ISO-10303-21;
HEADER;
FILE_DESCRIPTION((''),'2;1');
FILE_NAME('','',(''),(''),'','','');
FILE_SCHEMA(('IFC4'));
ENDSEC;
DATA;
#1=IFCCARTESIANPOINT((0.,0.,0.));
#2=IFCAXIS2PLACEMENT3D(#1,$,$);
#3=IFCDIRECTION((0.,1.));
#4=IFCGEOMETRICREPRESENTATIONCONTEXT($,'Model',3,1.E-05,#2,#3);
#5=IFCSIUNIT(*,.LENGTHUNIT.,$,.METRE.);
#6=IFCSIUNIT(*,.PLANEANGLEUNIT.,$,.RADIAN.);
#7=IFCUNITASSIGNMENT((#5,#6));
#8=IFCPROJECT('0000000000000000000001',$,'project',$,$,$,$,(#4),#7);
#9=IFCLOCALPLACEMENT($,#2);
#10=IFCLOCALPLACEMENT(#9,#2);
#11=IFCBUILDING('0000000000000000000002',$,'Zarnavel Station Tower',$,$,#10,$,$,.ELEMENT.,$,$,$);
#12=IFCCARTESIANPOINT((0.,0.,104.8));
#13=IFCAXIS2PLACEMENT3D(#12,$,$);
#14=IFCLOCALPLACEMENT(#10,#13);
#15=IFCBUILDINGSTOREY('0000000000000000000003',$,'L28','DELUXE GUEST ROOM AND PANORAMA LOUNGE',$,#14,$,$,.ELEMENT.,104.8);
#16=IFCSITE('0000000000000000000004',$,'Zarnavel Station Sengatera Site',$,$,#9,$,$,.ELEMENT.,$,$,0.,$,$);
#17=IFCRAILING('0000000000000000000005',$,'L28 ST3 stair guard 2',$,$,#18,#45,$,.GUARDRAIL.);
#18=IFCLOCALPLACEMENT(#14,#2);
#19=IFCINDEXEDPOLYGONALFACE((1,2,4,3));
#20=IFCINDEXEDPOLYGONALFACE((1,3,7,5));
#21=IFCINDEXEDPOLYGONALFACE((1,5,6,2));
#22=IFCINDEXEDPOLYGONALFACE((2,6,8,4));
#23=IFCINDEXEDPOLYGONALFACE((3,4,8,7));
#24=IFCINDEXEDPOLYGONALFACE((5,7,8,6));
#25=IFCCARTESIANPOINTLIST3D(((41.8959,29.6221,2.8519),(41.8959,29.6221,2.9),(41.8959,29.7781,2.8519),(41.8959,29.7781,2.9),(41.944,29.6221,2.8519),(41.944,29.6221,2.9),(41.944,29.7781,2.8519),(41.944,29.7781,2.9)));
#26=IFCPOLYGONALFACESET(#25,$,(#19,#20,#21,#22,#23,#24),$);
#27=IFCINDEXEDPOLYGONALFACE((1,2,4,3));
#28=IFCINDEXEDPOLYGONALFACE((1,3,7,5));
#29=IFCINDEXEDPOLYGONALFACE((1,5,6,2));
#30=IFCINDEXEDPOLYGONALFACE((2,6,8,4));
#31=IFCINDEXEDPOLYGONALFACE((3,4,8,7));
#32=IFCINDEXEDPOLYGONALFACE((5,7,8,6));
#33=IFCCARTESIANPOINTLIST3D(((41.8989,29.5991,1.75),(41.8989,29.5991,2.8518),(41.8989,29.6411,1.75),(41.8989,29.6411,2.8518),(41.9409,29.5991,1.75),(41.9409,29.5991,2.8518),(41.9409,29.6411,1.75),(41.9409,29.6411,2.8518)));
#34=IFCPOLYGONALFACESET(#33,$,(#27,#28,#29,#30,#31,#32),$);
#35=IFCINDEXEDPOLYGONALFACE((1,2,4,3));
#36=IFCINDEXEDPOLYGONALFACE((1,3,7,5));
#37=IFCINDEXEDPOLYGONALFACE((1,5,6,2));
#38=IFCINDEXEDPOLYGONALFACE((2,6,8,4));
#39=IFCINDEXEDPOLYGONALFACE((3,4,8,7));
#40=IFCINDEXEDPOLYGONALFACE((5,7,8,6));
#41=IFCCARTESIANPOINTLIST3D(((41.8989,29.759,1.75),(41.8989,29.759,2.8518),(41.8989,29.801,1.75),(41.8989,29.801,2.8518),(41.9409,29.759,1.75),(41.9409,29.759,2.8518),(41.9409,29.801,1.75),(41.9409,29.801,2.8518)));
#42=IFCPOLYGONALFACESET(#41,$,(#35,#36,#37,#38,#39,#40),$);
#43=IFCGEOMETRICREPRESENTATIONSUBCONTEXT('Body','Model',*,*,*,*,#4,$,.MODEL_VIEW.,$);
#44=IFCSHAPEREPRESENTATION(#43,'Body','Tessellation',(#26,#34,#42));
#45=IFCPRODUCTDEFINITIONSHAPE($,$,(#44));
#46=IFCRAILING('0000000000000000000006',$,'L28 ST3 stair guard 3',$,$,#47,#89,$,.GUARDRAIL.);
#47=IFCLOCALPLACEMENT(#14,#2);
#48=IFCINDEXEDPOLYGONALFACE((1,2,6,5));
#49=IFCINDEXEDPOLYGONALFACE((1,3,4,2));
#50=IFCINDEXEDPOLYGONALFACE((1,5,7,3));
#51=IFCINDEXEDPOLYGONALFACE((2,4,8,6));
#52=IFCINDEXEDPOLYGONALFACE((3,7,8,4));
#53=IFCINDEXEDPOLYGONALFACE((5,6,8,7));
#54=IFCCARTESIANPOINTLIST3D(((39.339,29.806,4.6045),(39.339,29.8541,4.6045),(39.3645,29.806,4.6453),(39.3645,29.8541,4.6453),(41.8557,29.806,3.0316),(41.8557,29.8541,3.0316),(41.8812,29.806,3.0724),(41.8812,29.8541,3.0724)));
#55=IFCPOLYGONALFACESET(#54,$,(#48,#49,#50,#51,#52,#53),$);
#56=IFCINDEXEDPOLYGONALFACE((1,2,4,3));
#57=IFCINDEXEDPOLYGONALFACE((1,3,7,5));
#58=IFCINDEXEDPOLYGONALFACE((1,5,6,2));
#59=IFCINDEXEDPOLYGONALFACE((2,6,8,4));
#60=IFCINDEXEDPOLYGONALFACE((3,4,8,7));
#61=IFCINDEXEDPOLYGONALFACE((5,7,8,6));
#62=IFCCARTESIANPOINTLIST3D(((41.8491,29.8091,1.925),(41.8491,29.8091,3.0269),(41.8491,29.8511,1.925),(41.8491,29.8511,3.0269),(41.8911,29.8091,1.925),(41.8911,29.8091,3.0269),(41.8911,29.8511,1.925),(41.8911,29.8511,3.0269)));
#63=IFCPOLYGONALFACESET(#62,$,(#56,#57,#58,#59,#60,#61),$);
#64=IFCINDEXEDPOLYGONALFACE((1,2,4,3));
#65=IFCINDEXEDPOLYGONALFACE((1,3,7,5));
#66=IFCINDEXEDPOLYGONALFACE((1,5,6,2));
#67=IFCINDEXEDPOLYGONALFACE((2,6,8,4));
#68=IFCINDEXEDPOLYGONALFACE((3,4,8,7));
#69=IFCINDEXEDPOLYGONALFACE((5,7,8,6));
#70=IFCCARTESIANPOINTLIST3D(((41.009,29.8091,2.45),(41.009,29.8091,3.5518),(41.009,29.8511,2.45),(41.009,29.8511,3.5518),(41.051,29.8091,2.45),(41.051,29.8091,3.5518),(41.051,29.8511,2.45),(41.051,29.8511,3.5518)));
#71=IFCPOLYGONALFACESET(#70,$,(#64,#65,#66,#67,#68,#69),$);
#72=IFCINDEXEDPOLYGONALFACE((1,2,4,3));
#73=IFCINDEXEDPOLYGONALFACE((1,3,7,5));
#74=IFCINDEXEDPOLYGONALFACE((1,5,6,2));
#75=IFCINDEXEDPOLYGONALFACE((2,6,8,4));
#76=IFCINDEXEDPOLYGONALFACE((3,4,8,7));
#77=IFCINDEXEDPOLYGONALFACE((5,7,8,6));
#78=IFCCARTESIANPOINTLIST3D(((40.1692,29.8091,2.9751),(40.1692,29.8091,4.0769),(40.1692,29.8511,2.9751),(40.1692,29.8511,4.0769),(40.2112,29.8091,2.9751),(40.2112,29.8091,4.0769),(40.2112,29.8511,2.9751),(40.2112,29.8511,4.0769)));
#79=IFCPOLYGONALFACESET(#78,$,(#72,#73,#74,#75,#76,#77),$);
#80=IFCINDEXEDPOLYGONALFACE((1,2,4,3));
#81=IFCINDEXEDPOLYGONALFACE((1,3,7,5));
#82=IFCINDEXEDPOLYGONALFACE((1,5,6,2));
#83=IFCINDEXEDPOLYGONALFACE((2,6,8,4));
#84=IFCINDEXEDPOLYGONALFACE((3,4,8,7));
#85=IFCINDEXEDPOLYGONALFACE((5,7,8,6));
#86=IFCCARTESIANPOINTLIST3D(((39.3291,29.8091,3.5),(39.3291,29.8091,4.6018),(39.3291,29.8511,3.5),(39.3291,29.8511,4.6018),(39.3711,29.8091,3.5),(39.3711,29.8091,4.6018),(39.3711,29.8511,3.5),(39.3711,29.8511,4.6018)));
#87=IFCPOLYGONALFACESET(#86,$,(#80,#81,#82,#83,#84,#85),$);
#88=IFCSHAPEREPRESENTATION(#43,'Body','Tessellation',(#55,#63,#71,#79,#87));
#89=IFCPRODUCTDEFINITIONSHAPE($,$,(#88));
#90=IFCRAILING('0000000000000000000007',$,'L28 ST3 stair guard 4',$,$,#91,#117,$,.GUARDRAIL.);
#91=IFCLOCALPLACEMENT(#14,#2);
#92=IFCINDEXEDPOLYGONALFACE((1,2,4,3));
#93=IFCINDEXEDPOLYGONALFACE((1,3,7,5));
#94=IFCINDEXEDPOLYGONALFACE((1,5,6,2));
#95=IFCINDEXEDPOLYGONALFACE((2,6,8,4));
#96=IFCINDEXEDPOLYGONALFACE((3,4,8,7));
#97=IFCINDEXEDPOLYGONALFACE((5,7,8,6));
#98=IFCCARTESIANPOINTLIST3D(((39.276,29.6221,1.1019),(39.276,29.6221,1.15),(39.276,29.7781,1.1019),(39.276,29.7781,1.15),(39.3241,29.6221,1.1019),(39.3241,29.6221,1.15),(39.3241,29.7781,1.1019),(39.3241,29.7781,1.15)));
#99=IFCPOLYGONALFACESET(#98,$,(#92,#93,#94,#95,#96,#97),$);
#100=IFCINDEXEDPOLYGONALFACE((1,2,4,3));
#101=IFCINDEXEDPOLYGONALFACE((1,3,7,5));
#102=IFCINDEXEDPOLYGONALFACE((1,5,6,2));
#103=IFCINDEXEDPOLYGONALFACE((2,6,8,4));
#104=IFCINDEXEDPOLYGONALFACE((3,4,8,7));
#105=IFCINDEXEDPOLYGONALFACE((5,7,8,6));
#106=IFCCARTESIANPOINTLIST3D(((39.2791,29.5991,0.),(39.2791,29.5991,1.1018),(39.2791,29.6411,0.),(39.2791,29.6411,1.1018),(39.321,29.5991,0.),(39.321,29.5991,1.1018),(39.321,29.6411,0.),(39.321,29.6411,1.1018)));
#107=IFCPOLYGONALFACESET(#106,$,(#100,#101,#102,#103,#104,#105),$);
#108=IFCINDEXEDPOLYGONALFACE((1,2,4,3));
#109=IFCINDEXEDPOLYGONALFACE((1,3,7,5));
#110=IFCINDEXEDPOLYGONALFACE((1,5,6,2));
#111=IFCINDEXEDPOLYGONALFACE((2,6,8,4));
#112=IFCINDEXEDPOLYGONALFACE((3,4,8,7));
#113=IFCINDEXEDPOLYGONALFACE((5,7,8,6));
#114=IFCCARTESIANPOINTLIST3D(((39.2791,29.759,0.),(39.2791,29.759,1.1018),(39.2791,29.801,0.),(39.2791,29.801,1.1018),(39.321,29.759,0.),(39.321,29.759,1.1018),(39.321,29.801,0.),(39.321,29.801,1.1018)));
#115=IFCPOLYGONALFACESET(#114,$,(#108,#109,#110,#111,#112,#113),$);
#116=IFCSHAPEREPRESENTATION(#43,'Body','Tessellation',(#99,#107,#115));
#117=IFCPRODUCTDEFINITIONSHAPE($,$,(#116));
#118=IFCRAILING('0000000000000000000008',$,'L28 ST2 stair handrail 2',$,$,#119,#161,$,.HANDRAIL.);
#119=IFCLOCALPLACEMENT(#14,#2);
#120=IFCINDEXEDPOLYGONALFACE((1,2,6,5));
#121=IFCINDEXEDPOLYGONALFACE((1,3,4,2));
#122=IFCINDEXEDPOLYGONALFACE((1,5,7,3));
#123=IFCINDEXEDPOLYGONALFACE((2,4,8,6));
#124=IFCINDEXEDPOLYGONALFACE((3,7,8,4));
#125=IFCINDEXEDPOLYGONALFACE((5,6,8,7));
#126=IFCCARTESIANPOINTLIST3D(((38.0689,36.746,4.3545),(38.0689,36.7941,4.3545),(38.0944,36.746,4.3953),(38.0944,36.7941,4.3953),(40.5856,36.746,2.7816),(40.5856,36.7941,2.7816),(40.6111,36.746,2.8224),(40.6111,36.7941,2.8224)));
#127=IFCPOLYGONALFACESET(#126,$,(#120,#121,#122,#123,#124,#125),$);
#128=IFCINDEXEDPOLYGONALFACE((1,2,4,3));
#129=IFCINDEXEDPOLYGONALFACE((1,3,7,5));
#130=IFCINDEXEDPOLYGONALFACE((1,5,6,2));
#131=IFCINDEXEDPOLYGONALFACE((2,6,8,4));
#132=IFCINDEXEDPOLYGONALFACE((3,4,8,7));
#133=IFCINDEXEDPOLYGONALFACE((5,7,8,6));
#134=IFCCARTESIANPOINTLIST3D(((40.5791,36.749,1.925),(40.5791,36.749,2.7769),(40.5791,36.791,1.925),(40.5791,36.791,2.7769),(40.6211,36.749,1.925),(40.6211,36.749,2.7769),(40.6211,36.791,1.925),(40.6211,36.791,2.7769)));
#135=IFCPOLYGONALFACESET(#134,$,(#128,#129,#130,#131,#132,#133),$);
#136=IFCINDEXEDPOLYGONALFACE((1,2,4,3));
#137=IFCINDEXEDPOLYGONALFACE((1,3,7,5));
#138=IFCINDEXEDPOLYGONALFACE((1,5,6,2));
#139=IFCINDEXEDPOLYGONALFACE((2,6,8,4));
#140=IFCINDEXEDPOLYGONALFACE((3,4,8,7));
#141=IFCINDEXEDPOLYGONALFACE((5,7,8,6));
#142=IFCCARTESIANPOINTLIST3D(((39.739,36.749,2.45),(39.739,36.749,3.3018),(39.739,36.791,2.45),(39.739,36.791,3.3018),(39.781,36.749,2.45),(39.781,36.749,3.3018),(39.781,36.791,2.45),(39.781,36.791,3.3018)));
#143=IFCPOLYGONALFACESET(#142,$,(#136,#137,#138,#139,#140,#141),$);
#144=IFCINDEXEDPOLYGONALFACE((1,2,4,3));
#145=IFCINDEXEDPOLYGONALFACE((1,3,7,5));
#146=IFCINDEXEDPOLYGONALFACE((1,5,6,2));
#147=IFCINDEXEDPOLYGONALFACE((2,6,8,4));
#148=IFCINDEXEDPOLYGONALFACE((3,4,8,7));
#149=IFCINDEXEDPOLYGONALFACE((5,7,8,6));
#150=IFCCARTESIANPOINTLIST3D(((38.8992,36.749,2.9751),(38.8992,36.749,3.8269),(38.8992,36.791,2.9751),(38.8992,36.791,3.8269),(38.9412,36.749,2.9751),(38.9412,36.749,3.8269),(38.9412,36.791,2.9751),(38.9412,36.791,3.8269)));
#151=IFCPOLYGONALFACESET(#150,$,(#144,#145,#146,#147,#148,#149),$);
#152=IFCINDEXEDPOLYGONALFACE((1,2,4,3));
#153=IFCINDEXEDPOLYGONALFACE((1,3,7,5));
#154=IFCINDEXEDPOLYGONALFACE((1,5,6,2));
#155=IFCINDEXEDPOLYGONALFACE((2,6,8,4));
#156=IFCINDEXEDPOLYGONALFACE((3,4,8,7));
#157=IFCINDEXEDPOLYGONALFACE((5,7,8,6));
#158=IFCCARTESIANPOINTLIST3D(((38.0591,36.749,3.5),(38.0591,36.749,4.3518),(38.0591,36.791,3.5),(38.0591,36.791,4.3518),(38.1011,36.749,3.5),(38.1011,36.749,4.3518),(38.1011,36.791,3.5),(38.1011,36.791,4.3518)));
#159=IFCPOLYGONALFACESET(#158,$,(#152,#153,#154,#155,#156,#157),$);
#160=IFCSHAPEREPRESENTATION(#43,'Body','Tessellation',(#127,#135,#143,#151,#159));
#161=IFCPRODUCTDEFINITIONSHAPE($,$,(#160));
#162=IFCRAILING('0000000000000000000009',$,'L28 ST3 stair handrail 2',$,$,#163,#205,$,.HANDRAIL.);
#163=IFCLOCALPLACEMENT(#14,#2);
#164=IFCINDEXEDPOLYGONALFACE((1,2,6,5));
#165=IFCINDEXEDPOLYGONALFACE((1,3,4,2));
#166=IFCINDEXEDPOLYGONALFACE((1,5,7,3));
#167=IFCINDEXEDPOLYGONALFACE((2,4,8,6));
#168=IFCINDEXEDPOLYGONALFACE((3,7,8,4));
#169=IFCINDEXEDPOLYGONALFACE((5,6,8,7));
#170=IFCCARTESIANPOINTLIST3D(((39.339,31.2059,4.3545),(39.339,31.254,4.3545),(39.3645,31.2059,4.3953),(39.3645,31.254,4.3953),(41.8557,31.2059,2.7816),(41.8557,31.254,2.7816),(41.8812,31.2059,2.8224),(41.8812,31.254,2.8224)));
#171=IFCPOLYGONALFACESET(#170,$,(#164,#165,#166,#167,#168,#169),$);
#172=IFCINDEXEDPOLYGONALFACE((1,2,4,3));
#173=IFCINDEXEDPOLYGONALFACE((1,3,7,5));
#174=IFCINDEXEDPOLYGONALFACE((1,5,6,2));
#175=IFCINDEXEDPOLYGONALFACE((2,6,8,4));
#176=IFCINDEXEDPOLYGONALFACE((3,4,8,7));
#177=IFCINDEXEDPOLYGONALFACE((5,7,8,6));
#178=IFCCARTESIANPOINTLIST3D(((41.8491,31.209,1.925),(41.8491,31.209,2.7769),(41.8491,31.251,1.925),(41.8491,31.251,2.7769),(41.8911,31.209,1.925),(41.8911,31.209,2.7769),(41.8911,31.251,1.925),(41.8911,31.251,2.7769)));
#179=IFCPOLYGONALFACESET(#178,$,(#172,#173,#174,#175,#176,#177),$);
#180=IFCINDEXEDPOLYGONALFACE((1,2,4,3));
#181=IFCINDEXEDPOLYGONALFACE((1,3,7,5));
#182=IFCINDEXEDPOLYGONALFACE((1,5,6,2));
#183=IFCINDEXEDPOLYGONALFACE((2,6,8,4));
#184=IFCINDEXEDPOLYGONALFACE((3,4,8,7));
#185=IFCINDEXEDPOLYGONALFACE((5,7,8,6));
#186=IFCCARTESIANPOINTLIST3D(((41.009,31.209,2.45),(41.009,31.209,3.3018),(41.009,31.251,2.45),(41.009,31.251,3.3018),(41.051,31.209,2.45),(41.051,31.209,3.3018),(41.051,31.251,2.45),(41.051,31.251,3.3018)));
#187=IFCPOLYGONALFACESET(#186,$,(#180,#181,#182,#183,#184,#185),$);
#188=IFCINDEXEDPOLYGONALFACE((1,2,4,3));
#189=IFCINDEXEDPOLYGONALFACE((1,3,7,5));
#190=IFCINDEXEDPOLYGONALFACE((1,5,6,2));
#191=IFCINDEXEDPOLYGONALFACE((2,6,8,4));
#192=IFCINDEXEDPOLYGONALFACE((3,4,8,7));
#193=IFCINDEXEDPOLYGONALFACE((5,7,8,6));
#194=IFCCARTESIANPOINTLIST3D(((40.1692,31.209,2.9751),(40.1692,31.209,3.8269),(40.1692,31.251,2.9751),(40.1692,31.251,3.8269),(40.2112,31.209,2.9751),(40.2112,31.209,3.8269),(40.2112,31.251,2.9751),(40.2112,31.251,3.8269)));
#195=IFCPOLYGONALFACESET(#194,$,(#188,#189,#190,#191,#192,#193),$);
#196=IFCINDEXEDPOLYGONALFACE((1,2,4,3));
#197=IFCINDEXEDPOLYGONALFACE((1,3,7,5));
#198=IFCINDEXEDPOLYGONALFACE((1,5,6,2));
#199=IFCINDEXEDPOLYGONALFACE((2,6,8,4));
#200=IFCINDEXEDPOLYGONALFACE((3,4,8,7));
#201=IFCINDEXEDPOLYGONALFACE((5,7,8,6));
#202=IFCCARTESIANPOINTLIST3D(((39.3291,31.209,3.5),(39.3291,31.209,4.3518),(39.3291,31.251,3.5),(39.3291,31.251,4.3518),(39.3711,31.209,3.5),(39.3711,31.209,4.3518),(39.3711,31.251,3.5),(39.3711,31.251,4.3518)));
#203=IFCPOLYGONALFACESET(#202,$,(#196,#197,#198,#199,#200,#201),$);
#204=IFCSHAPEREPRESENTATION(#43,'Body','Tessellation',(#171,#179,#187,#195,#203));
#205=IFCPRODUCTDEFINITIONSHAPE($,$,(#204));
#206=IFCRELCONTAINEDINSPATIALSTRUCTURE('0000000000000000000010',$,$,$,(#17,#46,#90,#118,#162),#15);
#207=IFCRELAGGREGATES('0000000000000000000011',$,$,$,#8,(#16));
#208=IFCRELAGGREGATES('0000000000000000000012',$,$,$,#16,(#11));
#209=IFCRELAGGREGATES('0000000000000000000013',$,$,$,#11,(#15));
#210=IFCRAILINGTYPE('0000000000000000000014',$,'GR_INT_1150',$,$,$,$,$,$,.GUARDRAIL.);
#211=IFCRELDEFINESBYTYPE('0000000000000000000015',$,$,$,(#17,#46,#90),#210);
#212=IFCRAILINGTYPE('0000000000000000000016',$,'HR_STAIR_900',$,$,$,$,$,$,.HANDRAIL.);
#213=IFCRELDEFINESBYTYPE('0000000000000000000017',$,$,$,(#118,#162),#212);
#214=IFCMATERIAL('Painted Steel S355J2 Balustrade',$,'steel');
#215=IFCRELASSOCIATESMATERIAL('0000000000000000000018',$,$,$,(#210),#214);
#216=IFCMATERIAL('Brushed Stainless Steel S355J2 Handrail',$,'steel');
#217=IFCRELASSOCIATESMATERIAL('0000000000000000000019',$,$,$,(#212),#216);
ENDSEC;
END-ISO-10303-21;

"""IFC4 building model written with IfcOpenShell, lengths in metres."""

from ifc_helpers import new_model, si_unit, direction, frame, origin, origin_2d, place, context, subcontext, project, spatial, rectangle, extrude, material, type_object, element, save


model = new_model("IFC4")

# Units and contexts
model_context = context("Model", 3, precision=1e-05, world=origin(), true_north=direction((0.0, 1.0)))
body_context = subcontext(model_context, "Body", "Model", "MODEL_VIEW")
ifc_project = project(units=[si_unit("LENGTHUNIT", "METRE"), si_unit("PLANEANGLEUNIT", "RADIAN")], contexts=[model_context])

# Site, building, storey
site_placement = place(None, origin())
site = spatial("IfcSite", under=ifc_project, at=site_placement, Name="Zarnavel Station Sengatera Site", CompositionType="ELEMENT", RefElevation=0.0)
building_placement = place(site_placement, origin())
building = spatial("IfcBuilding", under=site, at=building_placement, Name="Zarnavel Station Tower", CompositionType="ELEMENT")
storey_placement = place(building_placement, frame((0.0, 0.0, 104.8)))
storey = spatial("IfcBuildingStorey", under=building, at=storey_placement, Name="L28", Description="DELUXE GUEST ROOM AND PANORAMA LOUNGE", CompositionType="ELEMENT", Elevation=104.8)

# Railings
ifc_material_1 = material(Name="Painted Steel S355J2 Balustrade", Category="steel")
railing_type_1 = type_object("IfcRailingType", Name="GR_INT_1150", PredefinedType="GUARDRAIL", material=ifc_material_1)
railing_1_placement = place(storey_placement, frame((41.9199, 29.6201, 1.75)))
element("IfcRailing", 1, at=railing_1_placement, inside=storey, type_object=railing_type_1, Name="L28 ST3 stair guard 2", PredefinedType="GUARDRAIL", context=body_context, shape_type="SweptSolid", body=[
    extrude(rectangle(XDim=0.0481, YDim=0.0481, at=origin_2d()), frame((0.0, 0.002, 1.126), z_axis=(0.0, 1.0, 0.0), x_axis=(-1.0, 0.0, 0.0)), (0.0, 0.0, 1.0), 0.156),
    extrude(rectangle(XDim=0.042, YDim=0.042, at=origin_2d()), origin(), (0.0, 0.0, 1.0), 1.1018),
    extrude(rectangle(XDim=0.042, YDim=0.042, at=origin_2d()), frame((0.0, 0.1599, 0.0)), (0.0, 0.0, 1.0), 1.1018),
])
railing_2_placement = place(storey_placement, frame((41.8701, 29.8301, 1.925)))
element("IfcRailing", 2, at=railing_2_placement, inside=storey, type_object=railing_type_1, Name="L28 ST3 stair guard 3", PredefinedType="GUARDRAIL", context=body_context, shape_type="SweptSolid", body=[
    extrude(rectangle(XDim=0.0481, YDim=0.0481, at=origin_2d()), frame((-0.0017, 0.0, 1.127), z_axis=(-0.848008, 0.0, 0.529984), x_axis=(0.0, -1.0, 0.0)), (0.0, 0.0, 1.0), 2.9678),
    extrude(rectangle(XDim=0.042, YDim=0.042, at=origin_2d()), origin(), (0.0, 0.0, 1.0), 1.1018),
    extrude(rectangle(XDim=0.042, YDim=0.042, at=origin_2d()), frame((-0.8401, 0.0, 0.5249)), (0.0, 0.0, 1.0), 1.1018),
    extrude(rectangle(XDim=0.042, YDim=0.042, at=origin_2d()), frame((-1.6799, 0.0, 1.05)), (0.0, 0.0, 1.0), 1.1018),
    extrude(rectangle(XDim=0.042, YDim=0.042, at=origin_2d()), frame((-2.52, 0.0, 1.575)), (0.0, 0.0, 1.0), 1.1018),
])
railing_3_placement = place(storey_placement, frame((39.3, 29.6201, 0.0)))
element("IfcRailing", 3, at=railing_3_placement, inside=storey, type_object=railing_type_1, Name="L28 ST3 stair guard 4", PredefinedType="GUARDRAIL", context=body_context, shape_type="SweptSolid", body=[
    extrude(rectangle(XDim=0.0481, YDim=0.0481, at=origin_2d()), frame((0.0, 0.002, 1.126), z_axis=(0.0, 1.0, 0.0), x_axis=(-1.0, 0.0, 0.0)), (0.0, 0.0, 1.0), 0.156),
    extrude(rectangle(XDim=0.042, YDim=0.042, at=origin_2d()), origin(), (0.0, 0.0, 1.0), 1.1018),
    extrude(rectangle(XDim=0.042, YDim=0.042, at=origin_2d()), frame((0.0, 0.1599, 0.0)), (0.0, 0.0, 1.0), 1.1018),
])
ifc_material_2 = material(Name="Brushed Stainless Steel S355J2 Handrail", Category="steel")
railing_type_2 = type_object("IfcRailingType", Name="HR_STAIR_900", PredefinedType="HANDRAIL", material=ifc_material_2)
for number, where, name in (
    (4, (40.6001, 36.77, 1.925), "L28 ST2 stair handrail 2"),
    (5, (41.8701, 31.23, 1.925), "L28 ST3 stair handrail 2"),
):
    element("IfcRailing", number, at=place(storey_placement, frame(where)), inside=storey, type_object=railing_type_2, Name=name, PredefinedType="HANDRAIL", context=body_context, shape_type="SweptSolid", body=[
        extrude(rectangle(XDim=0.0481, YDim=0.0481, at=origin_2d()), frame((-0.0017, 0.0, 0.877), z_axis=(-0.848008, 0.0, 0.529984), x_axis=(0.0, -1.0, 0.0)), (0.0, 0.0, 1.0), 2.9678),
        extrude(rectangle(XDim=0.042, YDim=0.042, at=origin_2d()), origin(), (0.0, 0.0, 1.0), 0.8518),
        extrude(rectangle(XDim=0.042, YDim=0.042, at=origin_2d()), frame((-0.8401, 0.0, 0.5249)), (0.0, 0.0, 1.0), 0.8518),
        extrude(rectangle(XDim=0.042, YDim=0.042, at=origin_2d()), frame((-1.6799, 0.0, 1.05)), (0.0, 0.0, 1.0), 0.8518),
        extrude(rectangle(XDim=0.042, YDim=0.042, at=origin_2d()), frame((-2.52, 0.0, 1.575)), (0.0, 0.0, 1.0), 0.8518),
    ])

save(model, "model.ifc")
